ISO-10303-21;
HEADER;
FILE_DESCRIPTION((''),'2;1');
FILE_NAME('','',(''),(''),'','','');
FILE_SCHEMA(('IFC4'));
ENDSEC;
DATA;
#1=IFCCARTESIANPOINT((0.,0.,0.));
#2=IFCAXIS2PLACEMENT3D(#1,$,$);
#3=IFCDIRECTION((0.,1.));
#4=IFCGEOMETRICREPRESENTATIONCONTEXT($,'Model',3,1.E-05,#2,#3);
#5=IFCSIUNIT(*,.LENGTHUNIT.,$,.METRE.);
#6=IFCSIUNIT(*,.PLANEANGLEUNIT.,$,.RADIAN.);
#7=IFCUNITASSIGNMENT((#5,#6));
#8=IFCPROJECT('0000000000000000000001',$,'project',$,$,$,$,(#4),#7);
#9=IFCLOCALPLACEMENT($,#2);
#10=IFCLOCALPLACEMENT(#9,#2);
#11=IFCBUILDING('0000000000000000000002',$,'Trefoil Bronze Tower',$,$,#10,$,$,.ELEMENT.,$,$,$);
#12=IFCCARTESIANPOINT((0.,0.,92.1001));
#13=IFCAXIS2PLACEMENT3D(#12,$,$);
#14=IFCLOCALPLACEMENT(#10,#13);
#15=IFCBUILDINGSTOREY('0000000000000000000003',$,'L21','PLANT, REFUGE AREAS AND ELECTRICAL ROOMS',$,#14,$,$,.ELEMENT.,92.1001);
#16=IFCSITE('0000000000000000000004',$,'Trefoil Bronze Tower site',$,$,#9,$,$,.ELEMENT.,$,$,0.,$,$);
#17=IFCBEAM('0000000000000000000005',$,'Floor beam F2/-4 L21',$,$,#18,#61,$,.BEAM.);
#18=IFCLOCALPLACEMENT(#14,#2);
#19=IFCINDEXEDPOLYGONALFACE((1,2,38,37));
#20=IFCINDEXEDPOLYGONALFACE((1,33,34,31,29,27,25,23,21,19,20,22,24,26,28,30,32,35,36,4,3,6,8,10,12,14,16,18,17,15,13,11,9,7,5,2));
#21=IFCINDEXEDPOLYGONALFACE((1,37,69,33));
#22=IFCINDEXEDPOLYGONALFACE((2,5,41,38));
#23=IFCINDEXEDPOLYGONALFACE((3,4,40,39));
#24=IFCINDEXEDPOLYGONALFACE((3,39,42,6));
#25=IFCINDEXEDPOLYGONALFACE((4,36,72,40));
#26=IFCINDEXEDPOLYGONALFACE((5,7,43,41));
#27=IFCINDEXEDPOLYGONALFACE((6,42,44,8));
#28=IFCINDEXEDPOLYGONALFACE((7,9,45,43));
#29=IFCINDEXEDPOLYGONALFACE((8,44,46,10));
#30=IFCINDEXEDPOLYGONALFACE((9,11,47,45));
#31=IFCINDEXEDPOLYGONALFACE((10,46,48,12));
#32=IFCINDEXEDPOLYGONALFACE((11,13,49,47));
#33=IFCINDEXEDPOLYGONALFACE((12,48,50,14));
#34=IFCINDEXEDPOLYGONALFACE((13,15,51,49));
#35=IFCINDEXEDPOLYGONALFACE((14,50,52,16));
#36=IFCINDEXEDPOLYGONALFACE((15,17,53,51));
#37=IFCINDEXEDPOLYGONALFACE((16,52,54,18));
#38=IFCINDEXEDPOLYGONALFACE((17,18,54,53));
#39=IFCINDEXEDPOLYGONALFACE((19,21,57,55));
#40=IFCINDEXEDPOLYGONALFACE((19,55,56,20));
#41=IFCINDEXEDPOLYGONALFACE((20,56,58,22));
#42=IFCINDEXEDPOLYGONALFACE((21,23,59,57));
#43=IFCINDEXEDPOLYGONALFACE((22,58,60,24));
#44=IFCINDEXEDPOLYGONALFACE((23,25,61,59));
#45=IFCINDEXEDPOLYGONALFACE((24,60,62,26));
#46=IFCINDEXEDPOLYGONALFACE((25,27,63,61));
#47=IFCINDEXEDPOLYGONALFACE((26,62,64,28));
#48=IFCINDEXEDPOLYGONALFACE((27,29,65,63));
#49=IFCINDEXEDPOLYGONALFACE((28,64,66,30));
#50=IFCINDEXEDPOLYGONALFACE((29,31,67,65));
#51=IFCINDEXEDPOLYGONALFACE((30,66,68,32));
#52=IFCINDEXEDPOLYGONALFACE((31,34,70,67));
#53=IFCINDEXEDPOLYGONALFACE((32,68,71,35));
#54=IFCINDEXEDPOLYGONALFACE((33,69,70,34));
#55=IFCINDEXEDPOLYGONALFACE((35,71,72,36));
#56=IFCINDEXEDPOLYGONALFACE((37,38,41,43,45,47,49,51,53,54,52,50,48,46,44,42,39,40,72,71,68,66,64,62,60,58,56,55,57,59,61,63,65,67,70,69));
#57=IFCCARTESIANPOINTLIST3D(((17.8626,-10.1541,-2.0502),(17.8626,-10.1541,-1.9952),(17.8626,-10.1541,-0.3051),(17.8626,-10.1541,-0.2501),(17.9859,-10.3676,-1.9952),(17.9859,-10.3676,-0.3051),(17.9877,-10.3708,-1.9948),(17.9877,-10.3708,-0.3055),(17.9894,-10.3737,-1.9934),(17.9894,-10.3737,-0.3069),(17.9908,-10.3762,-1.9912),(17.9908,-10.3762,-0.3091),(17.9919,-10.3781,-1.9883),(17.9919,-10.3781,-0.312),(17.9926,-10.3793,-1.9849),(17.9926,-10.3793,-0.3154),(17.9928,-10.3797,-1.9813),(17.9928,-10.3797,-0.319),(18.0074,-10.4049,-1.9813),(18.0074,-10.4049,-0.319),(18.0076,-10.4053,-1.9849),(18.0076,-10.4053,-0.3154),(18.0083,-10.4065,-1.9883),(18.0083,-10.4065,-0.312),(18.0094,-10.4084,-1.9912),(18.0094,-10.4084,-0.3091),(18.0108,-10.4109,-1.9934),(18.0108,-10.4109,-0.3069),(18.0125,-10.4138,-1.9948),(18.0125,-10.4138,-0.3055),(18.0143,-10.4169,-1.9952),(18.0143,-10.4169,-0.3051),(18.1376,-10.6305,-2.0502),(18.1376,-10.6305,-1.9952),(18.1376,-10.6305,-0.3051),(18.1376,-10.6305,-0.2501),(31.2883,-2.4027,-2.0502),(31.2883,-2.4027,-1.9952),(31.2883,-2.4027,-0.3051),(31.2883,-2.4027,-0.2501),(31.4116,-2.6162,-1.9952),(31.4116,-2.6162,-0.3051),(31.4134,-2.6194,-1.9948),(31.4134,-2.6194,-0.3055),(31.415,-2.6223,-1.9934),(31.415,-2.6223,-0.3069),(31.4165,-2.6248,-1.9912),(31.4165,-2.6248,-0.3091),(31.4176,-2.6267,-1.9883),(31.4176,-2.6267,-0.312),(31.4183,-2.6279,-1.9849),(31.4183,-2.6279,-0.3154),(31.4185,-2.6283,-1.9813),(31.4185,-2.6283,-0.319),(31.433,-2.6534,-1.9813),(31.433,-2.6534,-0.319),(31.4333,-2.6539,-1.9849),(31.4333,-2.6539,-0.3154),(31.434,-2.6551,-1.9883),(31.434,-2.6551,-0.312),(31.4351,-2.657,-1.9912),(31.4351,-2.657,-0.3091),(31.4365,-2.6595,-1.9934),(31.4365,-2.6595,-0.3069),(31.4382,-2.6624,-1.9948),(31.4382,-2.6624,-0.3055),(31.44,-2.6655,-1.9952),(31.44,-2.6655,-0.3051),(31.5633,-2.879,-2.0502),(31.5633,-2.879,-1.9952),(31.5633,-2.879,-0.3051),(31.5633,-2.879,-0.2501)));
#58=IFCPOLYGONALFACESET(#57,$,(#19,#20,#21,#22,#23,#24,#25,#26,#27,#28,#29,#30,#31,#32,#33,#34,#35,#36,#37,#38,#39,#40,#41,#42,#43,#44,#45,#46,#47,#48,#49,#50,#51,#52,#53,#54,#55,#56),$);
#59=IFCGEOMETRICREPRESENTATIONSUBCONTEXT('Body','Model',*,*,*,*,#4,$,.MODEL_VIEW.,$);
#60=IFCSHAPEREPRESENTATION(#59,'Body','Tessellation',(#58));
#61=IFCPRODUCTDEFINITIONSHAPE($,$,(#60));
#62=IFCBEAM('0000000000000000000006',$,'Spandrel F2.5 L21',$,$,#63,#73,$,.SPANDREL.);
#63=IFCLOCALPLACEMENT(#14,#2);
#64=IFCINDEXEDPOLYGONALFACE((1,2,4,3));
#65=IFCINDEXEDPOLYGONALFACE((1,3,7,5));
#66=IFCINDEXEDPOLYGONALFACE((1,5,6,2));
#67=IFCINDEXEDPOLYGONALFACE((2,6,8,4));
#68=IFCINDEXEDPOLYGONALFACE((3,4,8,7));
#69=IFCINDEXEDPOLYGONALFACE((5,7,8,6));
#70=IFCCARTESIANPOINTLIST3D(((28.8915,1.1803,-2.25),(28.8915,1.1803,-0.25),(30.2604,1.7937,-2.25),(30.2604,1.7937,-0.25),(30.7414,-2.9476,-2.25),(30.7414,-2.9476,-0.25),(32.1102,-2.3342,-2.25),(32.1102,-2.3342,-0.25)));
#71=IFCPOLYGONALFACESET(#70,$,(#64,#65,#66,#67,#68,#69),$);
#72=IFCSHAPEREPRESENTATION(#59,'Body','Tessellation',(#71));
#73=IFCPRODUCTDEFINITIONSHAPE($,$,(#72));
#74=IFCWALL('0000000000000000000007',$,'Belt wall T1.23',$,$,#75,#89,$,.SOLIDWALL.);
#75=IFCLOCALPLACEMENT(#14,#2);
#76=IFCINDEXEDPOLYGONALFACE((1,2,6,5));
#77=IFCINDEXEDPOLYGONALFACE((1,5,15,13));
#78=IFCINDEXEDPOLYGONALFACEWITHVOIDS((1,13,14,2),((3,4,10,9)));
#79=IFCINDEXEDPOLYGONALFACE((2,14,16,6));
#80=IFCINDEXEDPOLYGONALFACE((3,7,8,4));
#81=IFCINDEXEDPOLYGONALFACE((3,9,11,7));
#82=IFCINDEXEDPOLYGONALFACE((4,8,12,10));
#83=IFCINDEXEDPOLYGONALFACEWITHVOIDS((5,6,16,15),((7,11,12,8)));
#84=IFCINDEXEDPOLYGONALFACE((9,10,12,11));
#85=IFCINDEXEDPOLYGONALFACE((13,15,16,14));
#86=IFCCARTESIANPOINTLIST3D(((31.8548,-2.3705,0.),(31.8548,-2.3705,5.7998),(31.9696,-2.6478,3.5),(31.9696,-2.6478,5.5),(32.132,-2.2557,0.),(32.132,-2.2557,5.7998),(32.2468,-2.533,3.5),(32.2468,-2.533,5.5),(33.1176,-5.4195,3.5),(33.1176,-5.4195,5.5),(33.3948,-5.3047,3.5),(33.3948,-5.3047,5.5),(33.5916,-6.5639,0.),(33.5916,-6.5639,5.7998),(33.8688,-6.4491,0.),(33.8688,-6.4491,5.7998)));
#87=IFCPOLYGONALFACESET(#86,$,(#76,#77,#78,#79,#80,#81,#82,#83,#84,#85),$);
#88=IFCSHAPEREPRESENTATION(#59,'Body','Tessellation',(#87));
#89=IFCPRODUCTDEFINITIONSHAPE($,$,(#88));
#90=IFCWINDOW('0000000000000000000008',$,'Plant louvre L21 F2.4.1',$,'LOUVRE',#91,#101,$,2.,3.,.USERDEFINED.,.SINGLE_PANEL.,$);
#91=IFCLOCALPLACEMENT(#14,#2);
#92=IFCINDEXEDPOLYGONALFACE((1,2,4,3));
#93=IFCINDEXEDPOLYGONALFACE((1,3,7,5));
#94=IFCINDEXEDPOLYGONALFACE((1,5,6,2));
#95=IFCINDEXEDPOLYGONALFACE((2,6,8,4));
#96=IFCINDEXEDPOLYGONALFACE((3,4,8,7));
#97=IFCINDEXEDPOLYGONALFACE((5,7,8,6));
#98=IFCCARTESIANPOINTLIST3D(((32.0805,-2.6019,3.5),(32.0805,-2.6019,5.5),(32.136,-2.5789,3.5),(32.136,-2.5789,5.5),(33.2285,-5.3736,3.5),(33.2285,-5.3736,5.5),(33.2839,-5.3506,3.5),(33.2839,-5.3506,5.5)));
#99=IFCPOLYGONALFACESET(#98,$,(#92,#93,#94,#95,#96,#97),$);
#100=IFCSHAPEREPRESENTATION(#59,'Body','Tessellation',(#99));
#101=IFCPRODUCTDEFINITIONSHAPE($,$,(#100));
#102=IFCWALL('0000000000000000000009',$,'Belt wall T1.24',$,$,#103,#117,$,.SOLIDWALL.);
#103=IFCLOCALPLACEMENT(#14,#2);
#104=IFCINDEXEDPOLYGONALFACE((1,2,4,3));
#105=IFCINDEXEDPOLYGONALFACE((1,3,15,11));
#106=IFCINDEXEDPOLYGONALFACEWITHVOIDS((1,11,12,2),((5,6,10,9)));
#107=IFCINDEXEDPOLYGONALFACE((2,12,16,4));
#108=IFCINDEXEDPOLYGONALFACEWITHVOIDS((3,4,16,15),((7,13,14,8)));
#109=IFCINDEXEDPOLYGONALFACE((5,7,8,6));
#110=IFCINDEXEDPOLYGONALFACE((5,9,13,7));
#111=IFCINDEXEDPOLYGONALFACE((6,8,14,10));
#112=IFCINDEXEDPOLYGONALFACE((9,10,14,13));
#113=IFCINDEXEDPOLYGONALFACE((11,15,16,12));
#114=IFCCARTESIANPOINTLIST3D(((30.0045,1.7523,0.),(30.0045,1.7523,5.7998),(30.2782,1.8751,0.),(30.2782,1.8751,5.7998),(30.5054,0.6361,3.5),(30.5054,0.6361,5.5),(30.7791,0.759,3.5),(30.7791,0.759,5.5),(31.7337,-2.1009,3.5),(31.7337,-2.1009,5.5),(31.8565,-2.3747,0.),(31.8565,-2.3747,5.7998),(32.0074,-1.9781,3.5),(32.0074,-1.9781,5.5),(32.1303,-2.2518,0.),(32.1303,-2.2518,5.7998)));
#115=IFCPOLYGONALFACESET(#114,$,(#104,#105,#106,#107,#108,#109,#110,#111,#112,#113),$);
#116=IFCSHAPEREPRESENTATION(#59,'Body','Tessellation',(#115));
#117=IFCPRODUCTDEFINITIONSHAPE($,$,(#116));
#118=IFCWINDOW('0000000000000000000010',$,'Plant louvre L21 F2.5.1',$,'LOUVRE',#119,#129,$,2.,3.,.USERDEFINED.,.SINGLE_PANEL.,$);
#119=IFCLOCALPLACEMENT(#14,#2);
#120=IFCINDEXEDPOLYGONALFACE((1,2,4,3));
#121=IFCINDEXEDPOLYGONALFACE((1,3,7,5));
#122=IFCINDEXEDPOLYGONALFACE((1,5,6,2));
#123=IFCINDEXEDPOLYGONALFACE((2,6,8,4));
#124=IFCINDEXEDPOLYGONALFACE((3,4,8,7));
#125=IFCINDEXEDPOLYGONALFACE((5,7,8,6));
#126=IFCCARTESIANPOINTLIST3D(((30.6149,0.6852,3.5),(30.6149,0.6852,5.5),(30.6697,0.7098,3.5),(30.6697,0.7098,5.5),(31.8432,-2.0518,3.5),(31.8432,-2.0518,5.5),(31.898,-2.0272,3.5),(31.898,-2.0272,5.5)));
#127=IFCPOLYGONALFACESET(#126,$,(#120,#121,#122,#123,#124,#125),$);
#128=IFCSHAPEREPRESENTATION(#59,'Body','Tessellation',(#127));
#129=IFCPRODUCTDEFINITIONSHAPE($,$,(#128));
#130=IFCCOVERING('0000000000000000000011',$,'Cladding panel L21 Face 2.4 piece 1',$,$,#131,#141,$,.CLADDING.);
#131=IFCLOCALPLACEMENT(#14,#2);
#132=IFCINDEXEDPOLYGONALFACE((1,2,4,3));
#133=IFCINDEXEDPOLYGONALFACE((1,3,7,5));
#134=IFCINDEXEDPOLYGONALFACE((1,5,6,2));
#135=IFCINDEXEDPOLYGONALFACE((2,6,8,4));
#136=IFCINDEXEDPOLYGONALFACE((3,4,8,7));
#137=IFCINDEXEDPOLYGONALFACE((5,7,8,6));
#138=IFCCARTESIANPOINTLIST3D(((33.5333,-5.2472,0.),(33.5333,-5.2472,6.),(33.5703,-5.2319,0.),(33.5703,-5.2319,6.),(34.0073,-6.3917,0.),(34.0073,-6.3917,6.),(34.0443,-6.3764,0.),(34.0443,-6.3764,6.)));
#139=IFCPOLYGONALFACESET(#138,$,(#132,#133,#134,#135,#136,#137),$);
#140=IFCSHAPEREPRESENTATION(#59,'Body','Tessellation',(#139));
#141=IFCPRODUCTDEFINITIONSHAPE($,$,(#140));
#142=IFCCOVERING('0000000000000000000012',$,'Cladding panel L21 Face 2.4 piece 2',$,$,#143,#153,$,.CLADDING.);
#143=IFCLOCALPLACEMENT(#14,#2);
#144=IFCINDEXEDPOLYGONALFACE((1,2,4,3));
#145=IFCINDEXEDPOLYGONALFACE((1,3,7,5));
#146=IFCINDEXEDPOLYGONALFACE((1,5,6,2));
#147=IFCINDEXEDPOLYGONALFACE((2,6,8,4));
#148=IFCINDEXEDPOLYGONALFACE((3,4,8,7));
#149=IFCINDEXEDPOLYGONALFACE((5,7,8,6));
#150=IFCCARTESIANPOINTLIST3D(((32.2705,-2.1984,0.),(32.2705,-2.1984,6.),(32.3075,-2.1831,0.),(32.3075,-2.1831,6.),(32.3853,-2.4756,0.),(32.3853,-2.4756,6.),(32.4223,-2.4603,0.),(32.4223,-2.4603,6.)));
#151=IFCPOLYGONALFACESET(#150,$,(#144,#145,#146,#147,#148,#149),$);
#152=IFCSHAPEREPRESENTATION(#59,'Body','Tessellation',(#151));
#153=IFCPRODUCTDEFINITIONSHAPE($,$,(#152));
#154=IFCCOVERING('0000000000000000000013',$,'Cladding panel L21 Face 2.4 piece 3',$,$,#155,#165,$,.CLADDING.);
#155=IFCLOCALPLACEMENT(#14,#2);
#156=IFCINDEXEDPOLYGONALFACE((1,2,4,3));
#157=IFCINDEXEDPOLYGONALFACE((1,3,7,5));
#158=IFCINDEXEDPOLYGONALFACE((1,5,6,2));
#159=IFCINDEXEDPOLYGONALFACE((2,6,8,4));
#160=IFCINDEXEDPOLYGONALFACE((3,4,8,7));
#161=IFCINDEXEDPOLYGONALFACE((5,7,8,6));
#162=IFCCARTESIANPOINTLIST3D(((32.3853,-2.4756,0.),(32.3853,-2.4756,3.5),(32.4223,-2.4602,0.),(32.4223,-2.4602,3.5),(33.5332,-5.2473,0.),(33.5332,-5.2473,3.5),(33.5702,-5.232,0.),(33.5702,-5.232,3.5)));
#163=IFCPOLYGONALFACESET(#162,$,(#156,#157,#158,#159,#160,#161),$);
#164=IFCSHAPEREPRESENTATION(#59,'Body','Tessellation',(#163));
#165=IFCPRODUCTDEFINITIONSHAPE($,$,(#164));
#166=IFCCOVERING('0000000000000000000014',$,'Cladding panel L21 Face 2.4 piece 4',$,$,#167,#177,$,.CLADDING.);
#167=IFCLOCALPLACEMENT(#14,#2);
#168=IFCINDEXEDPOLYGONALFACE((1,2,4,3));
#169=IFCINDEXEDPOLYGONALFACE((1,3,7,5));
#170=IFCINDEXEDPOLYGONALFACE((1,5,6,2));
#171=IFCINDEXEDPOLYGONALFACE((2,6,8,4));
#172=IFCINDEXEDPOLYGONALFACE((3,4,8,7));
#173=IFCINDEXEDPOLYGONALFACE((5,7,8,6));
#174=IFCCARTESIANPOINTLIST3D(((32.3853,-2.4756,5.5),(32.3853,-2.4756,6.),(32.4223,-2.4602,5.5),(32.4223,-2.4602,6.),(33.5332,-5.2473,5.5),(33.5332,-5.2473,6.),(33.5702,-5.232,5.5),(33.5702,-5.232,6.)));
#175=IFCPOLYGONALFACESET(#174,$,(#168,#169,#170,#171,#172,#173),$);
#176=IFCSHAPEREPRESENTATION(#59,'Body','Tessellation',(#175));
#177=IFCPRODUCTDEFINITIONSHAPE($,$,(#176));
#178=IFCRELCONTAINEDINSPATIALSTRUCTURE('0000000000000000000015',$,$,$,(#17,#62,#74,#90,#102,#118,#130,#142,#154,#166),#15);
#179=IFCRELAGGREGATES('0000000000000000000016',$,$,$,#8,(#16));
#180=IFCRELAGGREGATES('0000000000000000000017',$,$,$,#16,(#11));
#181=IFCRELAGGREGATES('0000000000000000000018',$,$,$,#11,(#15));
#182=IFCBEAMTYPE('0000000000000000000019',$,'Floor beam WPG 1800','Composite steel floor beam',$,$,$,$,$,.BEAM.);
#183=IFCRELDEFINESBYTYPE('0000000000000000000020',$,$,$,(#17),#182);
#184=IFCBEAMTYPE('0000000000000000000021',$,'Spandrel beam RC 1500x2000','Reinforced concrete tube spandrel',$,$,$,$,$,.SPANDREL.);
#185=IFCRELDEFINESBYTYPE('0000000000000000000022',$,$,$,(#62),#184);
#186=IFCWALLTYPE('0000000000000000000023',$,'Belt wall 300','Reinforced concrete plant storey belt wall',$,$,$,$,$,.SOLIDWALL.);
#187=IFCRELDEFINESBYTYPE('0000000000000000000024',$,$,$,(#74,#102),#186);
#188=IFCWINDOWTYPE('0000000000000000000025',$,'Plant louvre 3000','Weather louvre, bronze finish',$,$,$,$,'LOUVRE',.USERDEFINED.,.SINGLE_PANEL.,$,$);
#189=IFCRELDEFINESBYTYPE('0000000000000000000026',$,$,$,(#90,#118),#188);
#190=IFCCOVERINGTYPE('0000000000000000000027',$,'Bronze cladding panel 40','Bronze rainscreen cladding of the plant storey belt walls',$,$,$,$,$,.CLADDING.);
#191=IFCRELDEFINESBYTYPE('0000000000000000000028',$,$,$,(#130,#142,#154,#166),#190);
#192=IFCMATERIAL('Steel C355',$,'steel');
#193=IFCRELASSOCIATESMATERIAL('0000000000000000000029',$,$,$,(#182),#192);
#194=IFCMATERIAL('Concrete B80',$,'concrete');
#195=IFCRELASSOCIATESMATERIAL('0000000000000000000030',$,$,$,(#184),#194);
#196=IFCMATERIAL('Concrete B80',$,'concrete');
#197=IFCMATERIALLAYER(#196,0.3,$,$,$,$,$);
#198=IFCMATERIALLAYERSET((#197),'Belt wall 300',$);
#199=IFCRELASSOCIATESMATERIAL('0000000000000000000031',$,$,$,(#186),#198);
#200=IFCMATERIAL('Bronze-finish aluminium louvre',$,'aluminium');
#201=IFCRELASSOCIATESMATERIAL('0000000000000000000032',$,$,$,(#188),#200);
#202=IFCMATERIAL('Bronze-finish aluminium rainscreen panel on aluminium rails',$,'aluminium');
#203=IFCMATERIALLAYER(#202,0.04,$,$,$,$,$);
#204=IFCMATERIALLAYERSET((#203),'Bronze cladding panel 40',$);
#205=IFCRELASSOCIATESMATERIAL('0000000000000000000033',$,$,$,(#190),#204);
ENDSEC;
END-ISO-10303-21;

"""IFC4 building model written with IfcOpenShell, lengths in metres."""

from ifc_helpers import new_model, si_unit, direction, frame, frame_2d, origin, origin_2d, place, context, subcontext, project, spatial, rectangle, i_section, extrude, material, layer, layer_set, material_profile, profile_set, type_object, element, fill, save


model = new_model("IFC4")

# Units and contexts
model_context = context("Model", 3, precision=1e-05, world=origin(), true_north=direction((0.0, 1.0)))
body_context = subcontext(model_context, "Body", "Model", "MODEL_VIEW")
ifc_project = project(units=[si_unit("LENGTHUNIT", "METRE"), si_unit("PLANEANGLEUNIT", "RADIAN")], contexts=[model_context])

# Site, building, storey
site_placement = place(None, origin())
site = spatial("IfcSite", under=ifc_project, at=site_placement, Name="Trefoil Bronze Tower site", CompositionType="ELEMENT", RefElevation=0.0)
building_placement = place(site_placement, origin())
building = spatial("IfcBuilding", under=site, at=building_placement, Name="Trefoil Bronze Tower", CompositionType="ELEMENT")
storey_placement = place(building_placement, frame((0.0, 0.0, 92.1001)))
storey = spatial("IfcBuildingStorey", under=building, at=storey_placement, Name="L21", Description="PLANT, REFUGE AREAS AND ELECTRICAL ROOMS", CompositionType="ELEMENT", Elevation=92.1001)

# Beams
ifc_material_1 = material(Name="Steel C355", Category="steel")
ifc_material_profile_1 = material_profile(ifc_material_1, i_section(OverallWidth=0.55, OverallDepth=1.8, WebThickness=0.0291, FlangeThickness=0.0549, FilletRadius=0.0139, at=origin_2d()), Name="WPG 1800")
ifc_profile_set_1 = profile_set([ifc_material_profile_1], Name="Steel C355")
beam_type_1 = type_object("IfcBeamType", Name="Floor beam WPG 1800", Description="Composite steel floor beam", PredefinedType="BEAM", material=ifc_profile_set_1)
beam_1_placement = place(storey_placement, frame((31.4258, -2.6409, -1.1501), z_axis=(-0.866023, -0.500004, 0.0), x_axis=(0.500004, -0.866023, 0.0)))
element("IfcBeam", 1, at=beam_1_placement, inside=storey, type_object=beam_type_1, Name="Floor beam F2/-4 L21", PredefinedType="BEAM", context=body_context, shape_type="SweptSolid", body=[
    extrude(i_section(OverallWidth=0.55, OverallDepth=1.8, WebThickness=0.0291, FlangeThickness=0.0549, FilletRadius=0.0139, at=origin_2d()), origin(), (0.0, 0.0, 1.0), 15.5027),
])
ifc_material_2 = material(Name="Concrete B80", Category="concrete")
ifc_material_profile_2 = material_profile(ifc_material_2, rectangle(XDim=1.5, YDim=2.0, at=origin_2d()), Name="RC 1500x2000")
ifc_profile_set_2 = profile_set([ifc_material_profile_2], Name="Concrete B80")
beam_type_2 = type_object("IfcBeamType", Name="Spandrel beam RC 1500x2000", Description="Reinforced concrete tube spandrel", PredefinedType="SPANDREL", material=ifc_profile_set_2)
beam_2_placement = place(storey_placement, frame((31.4258, -2.6409, -1.25), z_axis=(-0.408946, 0.912559, 0.0), x_axis=(-0.912559, -0.408946, 0.0)))
element("IfcBeam", 2, at=beam_2_placement, inside=storey, type_object=beam_type_2, Name="Spandrel F2.5 L21", PredefinedType="SPANDREL", context=body_context, shape_type="SweptSolid", body=[
    extrude(rectangle(XDim=1.5, YDim=2.0, at=origin_2d()), origin(), (0.0, 0.0, 1.0), 4.5234),
])

# Walls, openings, windows
ifc_material_3 = material(Name="Concrete B80", Category="concrete")
ifc_layer_1 = layer(ifc_material_3, 0.3)
ifc_layer_set_1 = layer_set([ifc_layer_1], Name="Belt wall 300")
wall_type = type_object("IfcWallType", Name="Belt wall 300", Description="Reinforced concrete plant storey belt wall", PredefinedType="SOLIDWALL", material=ifc_layer_set_1)
wall_1_placement = place(storey_placement, frame((33.7302, -6.5066, 0.0), z_axis=(0.0, 0.0, 1.0), x_axis=(-0.382659, 0.92389, 0.0)))
wall_1 = element("IfcWall", 3, at=wall_1_placement, inside=storey, type_object=wall_type, Name="Belt wall T1.23", PredefinedType="SOLIDWALL", context=body_context, shape_type="SweptSolid", body=[
    extrude(rectangle(XDim=4.5388, YDim=0.3, at=frame_2d((2.2695, 0.0))), origin(), (0.0, 0.0, 1.0), 5.7998),
])
opening_1_placement = place(wall_1_placement, frame((1.2388, 0.0, 3.5)))
opening_1 = element("IfcOpeningElement", 4, at=opening_1_placement, cuts=wall_1, PredefinedType="OPENING", context=body_context, shape_type="SweptSolid", body=[
    extrude(rectangle(XDim=3.0, YDim=2.0, at=frame_2d((1.5, 1.0))), frame((0.0, 0.1599, 0.0), z_axis=(0.0, -1.0, 0.0), x_axis=(1.0, 0.0, 0.0)), (0.0, 0.0, 1.0), 0.3201),
])
ifc_material_4 = material(Name="Bronze-finish aluminium louvre", Category="aluminium")
window_type = type_object("IfcWindowType", Name="Plant louvre 3000", Description="Weather louvre, bronze finish", ElementType="LOUVRE", PartitioningType="SINGLE_PANEL", PredefinedType="USERDEFINED", material=ifc_material_4)
window_1_placement = place(opening_1_placement, origin())
window_1 = element("IfcWindow", 5, at=window_1_placement, inside=storey, type_object=window_type, Name="Plant louvre L21 F2.4.1", ObjectType="LOUVRE", OverallHeight=2.0, OverallWidth=3.0, PartitioningType="SINGLE_PANEL", PredefinedType="USERDEFINED", context=body_context, shape_type="SweptSolid", body=[
    extrude(rectangle(XDim=3.0, YDim=2.0, at=frame_2d((1.5, 1.0))), frame((0.0, 0.03, 0.0), z_axis=(0.0, -1.0, 0.0), x_axis=(1.0, 0.0, 0.0)), (0.0, 0.0, 1.0), 0.0601),
])
fill(opening_1, window_1)
wall_2_placement = place(storey_placement, frame((31.9934, -2.3132, 0.0), z_axis=(0.0, 0.0, 1.0), x_axis=(-0.409431, 0.912341, 0.0)))
wall_2 = element("IfcWall", 6, at=wall_2_placement, inside=storey, type_object=wall_type, Name="Belt wall T1.24", PredefinedType="SOLIDWALL", context=body_context, shape_type="SweptSolid", body=[
    extrude(rectangle(XDim=4.5234, YDim=0.3, at=frame_2d((2.2617, 0.0))), origin(), (0.0, 0.0, 1.0), 5.7998),
])
opening_2_placement = place(wall_2_placement, frame((0.3, 0.0, 3.5)))
opening_2 = element("IfcOpeningElement", 7, at=opening_2_placement, cuts=wall_2, PredefinedType="OPENING", context=body_context, shape_type="SweptSolid", body=[
    extrude(rectangle(XDim=3.0, YDim=2.0, at=frame_2d((1.5, 1.0))), frame((0.0, 0.1599, 0.0), z_axis=(0.0, -1.0, 0.0), x_axis=(1.0, 0.0, 0.0)), (0.0, 0.0, 1.0), 0.3201),
])
window_2_placement = place(opening_2_placement, origin())
window_2 = element("IfcWindow", 8, at=window_2_placement, inside=storey, type_object=window_type, Name="Plant louvre L21 F2.5.1", ObjectType="LOUVRE", OverallHeight=2.0, OverallWidth=3.0, PartitioningType="SINGLE_PANEL", PredefinedType="USERDEFINED", context=body_context, shape_type="SweptSolid", body=[
    extrude(rectangle(XDim=3.0, YDim=2.0, at=frame_2d((1.5, 1.0))), frame((0.0, 0.03, 0.0), z_axis=(0.0, -1.0, 0.0), x_axis=(1.0, 0.0, 0.0)), (0.0, 0.0, 1.0), 0.0601),
])
fill(opening_2, window_2)

# Coverings
ifc_material_5 = material(Name="Bronze-finish aluminium rainscreen panel on aluminium rails", Category="aluminium")
ifc_layer_2 = layer(ifc_material_5, 0.04)
ifc_layer_set_2 = layer_set([ifc_layer_2], Name="Bronze cladding panel 40")
covering_type_1 = type_object("IfcCoveringType", Name="Bronze cladding panel 40", Description="Bronze rainscreen cladding of the plant storey belt walls", PredefinedType="CLADDING", material=ifc_layer_set_2)
covering_1_placement = place(storey_placement, frame((33.7888, -5.8118, 0.0), z_axis=(0.0, 0.0, 1.0), x_axis=(-0.38263, 0.923902, 0.0)))
element("IfcCovering", 9, at=covering_1_placement, inside=storey, type_object=covering_type_1, Name="Cladding panel L21 Face 2.4 piece 1", PredefinedType="CLADDING", context=body_context, shape_type="SweptSolid", body=[
    extrude(rectangle(XDim=1.2388, YDim=0.04, at=origin_2d()), origin(), (0.0, 0.0, 1.0), 6.0),
])
covering_2_placement = place(storey_placement, frame((32.3464, -2.3293, 0.0), z_axis=(0.0, 0.0, 1.0), x_axis=(-0.38263, 0.923902, 0.0)))
element("IfcCovering", 10, at=covering_2_placement, inside=storey, type_object=covering_type_1, Name="Cladding panel L21 Face 2.4 piece 2", PredefinedType="CLADDING", context=body_context, shape_type="SweptSolid", body=[
    extrude(rectangle(XDim=0.3, YDim=0.04, at=origin_2d()), origin(), (0.0, 0.0, 1.0), 6.0),
])
covering_3_placement = place(storey_placement, frame((32.9778, -3.8538, 0.0), z_axis=(0.0, 0.0, 1.0), x_axis=(-0.38263, 0.923902, 0.0)))
element("IfcCovering", 11, at=covering_3_placement, inside=storey, type_object=covering_type_1, Name="Cladding panel L21 Face 2.4 piece 3", PredefinedType="CLADDING", context=body_context, shape_type="SweptSolid", body=[
    extrude(rectangle(XDim=3.0, YDim=0.04, at=origin_2d()), origin(), (0.0, 0.0, 1.0), 3.5),
])
covering_4_placement = place(storey_placement, frame((32.9778, -3.8538, 5.5), z_axis=(0.0, 0.0, 1.0), x_axis=(-0.38263, 0.923902, 0.0)))
element("IfcCovering", 12, at=covering_4_placement, inside=storey, type_object=covering_type_1, Name="Cladding panel L21 Face 2.4 piece 4", PredefinedType="CLADDING", context=body_context, shape_type="SweptSolid", body=[
    extrude(rectangle(XDim=3.0, YDim=0.04, at=origin_2d()), origin(), (0.0, 0.0, 1.0), 0.5),
])

save(model, "model.ifc")
